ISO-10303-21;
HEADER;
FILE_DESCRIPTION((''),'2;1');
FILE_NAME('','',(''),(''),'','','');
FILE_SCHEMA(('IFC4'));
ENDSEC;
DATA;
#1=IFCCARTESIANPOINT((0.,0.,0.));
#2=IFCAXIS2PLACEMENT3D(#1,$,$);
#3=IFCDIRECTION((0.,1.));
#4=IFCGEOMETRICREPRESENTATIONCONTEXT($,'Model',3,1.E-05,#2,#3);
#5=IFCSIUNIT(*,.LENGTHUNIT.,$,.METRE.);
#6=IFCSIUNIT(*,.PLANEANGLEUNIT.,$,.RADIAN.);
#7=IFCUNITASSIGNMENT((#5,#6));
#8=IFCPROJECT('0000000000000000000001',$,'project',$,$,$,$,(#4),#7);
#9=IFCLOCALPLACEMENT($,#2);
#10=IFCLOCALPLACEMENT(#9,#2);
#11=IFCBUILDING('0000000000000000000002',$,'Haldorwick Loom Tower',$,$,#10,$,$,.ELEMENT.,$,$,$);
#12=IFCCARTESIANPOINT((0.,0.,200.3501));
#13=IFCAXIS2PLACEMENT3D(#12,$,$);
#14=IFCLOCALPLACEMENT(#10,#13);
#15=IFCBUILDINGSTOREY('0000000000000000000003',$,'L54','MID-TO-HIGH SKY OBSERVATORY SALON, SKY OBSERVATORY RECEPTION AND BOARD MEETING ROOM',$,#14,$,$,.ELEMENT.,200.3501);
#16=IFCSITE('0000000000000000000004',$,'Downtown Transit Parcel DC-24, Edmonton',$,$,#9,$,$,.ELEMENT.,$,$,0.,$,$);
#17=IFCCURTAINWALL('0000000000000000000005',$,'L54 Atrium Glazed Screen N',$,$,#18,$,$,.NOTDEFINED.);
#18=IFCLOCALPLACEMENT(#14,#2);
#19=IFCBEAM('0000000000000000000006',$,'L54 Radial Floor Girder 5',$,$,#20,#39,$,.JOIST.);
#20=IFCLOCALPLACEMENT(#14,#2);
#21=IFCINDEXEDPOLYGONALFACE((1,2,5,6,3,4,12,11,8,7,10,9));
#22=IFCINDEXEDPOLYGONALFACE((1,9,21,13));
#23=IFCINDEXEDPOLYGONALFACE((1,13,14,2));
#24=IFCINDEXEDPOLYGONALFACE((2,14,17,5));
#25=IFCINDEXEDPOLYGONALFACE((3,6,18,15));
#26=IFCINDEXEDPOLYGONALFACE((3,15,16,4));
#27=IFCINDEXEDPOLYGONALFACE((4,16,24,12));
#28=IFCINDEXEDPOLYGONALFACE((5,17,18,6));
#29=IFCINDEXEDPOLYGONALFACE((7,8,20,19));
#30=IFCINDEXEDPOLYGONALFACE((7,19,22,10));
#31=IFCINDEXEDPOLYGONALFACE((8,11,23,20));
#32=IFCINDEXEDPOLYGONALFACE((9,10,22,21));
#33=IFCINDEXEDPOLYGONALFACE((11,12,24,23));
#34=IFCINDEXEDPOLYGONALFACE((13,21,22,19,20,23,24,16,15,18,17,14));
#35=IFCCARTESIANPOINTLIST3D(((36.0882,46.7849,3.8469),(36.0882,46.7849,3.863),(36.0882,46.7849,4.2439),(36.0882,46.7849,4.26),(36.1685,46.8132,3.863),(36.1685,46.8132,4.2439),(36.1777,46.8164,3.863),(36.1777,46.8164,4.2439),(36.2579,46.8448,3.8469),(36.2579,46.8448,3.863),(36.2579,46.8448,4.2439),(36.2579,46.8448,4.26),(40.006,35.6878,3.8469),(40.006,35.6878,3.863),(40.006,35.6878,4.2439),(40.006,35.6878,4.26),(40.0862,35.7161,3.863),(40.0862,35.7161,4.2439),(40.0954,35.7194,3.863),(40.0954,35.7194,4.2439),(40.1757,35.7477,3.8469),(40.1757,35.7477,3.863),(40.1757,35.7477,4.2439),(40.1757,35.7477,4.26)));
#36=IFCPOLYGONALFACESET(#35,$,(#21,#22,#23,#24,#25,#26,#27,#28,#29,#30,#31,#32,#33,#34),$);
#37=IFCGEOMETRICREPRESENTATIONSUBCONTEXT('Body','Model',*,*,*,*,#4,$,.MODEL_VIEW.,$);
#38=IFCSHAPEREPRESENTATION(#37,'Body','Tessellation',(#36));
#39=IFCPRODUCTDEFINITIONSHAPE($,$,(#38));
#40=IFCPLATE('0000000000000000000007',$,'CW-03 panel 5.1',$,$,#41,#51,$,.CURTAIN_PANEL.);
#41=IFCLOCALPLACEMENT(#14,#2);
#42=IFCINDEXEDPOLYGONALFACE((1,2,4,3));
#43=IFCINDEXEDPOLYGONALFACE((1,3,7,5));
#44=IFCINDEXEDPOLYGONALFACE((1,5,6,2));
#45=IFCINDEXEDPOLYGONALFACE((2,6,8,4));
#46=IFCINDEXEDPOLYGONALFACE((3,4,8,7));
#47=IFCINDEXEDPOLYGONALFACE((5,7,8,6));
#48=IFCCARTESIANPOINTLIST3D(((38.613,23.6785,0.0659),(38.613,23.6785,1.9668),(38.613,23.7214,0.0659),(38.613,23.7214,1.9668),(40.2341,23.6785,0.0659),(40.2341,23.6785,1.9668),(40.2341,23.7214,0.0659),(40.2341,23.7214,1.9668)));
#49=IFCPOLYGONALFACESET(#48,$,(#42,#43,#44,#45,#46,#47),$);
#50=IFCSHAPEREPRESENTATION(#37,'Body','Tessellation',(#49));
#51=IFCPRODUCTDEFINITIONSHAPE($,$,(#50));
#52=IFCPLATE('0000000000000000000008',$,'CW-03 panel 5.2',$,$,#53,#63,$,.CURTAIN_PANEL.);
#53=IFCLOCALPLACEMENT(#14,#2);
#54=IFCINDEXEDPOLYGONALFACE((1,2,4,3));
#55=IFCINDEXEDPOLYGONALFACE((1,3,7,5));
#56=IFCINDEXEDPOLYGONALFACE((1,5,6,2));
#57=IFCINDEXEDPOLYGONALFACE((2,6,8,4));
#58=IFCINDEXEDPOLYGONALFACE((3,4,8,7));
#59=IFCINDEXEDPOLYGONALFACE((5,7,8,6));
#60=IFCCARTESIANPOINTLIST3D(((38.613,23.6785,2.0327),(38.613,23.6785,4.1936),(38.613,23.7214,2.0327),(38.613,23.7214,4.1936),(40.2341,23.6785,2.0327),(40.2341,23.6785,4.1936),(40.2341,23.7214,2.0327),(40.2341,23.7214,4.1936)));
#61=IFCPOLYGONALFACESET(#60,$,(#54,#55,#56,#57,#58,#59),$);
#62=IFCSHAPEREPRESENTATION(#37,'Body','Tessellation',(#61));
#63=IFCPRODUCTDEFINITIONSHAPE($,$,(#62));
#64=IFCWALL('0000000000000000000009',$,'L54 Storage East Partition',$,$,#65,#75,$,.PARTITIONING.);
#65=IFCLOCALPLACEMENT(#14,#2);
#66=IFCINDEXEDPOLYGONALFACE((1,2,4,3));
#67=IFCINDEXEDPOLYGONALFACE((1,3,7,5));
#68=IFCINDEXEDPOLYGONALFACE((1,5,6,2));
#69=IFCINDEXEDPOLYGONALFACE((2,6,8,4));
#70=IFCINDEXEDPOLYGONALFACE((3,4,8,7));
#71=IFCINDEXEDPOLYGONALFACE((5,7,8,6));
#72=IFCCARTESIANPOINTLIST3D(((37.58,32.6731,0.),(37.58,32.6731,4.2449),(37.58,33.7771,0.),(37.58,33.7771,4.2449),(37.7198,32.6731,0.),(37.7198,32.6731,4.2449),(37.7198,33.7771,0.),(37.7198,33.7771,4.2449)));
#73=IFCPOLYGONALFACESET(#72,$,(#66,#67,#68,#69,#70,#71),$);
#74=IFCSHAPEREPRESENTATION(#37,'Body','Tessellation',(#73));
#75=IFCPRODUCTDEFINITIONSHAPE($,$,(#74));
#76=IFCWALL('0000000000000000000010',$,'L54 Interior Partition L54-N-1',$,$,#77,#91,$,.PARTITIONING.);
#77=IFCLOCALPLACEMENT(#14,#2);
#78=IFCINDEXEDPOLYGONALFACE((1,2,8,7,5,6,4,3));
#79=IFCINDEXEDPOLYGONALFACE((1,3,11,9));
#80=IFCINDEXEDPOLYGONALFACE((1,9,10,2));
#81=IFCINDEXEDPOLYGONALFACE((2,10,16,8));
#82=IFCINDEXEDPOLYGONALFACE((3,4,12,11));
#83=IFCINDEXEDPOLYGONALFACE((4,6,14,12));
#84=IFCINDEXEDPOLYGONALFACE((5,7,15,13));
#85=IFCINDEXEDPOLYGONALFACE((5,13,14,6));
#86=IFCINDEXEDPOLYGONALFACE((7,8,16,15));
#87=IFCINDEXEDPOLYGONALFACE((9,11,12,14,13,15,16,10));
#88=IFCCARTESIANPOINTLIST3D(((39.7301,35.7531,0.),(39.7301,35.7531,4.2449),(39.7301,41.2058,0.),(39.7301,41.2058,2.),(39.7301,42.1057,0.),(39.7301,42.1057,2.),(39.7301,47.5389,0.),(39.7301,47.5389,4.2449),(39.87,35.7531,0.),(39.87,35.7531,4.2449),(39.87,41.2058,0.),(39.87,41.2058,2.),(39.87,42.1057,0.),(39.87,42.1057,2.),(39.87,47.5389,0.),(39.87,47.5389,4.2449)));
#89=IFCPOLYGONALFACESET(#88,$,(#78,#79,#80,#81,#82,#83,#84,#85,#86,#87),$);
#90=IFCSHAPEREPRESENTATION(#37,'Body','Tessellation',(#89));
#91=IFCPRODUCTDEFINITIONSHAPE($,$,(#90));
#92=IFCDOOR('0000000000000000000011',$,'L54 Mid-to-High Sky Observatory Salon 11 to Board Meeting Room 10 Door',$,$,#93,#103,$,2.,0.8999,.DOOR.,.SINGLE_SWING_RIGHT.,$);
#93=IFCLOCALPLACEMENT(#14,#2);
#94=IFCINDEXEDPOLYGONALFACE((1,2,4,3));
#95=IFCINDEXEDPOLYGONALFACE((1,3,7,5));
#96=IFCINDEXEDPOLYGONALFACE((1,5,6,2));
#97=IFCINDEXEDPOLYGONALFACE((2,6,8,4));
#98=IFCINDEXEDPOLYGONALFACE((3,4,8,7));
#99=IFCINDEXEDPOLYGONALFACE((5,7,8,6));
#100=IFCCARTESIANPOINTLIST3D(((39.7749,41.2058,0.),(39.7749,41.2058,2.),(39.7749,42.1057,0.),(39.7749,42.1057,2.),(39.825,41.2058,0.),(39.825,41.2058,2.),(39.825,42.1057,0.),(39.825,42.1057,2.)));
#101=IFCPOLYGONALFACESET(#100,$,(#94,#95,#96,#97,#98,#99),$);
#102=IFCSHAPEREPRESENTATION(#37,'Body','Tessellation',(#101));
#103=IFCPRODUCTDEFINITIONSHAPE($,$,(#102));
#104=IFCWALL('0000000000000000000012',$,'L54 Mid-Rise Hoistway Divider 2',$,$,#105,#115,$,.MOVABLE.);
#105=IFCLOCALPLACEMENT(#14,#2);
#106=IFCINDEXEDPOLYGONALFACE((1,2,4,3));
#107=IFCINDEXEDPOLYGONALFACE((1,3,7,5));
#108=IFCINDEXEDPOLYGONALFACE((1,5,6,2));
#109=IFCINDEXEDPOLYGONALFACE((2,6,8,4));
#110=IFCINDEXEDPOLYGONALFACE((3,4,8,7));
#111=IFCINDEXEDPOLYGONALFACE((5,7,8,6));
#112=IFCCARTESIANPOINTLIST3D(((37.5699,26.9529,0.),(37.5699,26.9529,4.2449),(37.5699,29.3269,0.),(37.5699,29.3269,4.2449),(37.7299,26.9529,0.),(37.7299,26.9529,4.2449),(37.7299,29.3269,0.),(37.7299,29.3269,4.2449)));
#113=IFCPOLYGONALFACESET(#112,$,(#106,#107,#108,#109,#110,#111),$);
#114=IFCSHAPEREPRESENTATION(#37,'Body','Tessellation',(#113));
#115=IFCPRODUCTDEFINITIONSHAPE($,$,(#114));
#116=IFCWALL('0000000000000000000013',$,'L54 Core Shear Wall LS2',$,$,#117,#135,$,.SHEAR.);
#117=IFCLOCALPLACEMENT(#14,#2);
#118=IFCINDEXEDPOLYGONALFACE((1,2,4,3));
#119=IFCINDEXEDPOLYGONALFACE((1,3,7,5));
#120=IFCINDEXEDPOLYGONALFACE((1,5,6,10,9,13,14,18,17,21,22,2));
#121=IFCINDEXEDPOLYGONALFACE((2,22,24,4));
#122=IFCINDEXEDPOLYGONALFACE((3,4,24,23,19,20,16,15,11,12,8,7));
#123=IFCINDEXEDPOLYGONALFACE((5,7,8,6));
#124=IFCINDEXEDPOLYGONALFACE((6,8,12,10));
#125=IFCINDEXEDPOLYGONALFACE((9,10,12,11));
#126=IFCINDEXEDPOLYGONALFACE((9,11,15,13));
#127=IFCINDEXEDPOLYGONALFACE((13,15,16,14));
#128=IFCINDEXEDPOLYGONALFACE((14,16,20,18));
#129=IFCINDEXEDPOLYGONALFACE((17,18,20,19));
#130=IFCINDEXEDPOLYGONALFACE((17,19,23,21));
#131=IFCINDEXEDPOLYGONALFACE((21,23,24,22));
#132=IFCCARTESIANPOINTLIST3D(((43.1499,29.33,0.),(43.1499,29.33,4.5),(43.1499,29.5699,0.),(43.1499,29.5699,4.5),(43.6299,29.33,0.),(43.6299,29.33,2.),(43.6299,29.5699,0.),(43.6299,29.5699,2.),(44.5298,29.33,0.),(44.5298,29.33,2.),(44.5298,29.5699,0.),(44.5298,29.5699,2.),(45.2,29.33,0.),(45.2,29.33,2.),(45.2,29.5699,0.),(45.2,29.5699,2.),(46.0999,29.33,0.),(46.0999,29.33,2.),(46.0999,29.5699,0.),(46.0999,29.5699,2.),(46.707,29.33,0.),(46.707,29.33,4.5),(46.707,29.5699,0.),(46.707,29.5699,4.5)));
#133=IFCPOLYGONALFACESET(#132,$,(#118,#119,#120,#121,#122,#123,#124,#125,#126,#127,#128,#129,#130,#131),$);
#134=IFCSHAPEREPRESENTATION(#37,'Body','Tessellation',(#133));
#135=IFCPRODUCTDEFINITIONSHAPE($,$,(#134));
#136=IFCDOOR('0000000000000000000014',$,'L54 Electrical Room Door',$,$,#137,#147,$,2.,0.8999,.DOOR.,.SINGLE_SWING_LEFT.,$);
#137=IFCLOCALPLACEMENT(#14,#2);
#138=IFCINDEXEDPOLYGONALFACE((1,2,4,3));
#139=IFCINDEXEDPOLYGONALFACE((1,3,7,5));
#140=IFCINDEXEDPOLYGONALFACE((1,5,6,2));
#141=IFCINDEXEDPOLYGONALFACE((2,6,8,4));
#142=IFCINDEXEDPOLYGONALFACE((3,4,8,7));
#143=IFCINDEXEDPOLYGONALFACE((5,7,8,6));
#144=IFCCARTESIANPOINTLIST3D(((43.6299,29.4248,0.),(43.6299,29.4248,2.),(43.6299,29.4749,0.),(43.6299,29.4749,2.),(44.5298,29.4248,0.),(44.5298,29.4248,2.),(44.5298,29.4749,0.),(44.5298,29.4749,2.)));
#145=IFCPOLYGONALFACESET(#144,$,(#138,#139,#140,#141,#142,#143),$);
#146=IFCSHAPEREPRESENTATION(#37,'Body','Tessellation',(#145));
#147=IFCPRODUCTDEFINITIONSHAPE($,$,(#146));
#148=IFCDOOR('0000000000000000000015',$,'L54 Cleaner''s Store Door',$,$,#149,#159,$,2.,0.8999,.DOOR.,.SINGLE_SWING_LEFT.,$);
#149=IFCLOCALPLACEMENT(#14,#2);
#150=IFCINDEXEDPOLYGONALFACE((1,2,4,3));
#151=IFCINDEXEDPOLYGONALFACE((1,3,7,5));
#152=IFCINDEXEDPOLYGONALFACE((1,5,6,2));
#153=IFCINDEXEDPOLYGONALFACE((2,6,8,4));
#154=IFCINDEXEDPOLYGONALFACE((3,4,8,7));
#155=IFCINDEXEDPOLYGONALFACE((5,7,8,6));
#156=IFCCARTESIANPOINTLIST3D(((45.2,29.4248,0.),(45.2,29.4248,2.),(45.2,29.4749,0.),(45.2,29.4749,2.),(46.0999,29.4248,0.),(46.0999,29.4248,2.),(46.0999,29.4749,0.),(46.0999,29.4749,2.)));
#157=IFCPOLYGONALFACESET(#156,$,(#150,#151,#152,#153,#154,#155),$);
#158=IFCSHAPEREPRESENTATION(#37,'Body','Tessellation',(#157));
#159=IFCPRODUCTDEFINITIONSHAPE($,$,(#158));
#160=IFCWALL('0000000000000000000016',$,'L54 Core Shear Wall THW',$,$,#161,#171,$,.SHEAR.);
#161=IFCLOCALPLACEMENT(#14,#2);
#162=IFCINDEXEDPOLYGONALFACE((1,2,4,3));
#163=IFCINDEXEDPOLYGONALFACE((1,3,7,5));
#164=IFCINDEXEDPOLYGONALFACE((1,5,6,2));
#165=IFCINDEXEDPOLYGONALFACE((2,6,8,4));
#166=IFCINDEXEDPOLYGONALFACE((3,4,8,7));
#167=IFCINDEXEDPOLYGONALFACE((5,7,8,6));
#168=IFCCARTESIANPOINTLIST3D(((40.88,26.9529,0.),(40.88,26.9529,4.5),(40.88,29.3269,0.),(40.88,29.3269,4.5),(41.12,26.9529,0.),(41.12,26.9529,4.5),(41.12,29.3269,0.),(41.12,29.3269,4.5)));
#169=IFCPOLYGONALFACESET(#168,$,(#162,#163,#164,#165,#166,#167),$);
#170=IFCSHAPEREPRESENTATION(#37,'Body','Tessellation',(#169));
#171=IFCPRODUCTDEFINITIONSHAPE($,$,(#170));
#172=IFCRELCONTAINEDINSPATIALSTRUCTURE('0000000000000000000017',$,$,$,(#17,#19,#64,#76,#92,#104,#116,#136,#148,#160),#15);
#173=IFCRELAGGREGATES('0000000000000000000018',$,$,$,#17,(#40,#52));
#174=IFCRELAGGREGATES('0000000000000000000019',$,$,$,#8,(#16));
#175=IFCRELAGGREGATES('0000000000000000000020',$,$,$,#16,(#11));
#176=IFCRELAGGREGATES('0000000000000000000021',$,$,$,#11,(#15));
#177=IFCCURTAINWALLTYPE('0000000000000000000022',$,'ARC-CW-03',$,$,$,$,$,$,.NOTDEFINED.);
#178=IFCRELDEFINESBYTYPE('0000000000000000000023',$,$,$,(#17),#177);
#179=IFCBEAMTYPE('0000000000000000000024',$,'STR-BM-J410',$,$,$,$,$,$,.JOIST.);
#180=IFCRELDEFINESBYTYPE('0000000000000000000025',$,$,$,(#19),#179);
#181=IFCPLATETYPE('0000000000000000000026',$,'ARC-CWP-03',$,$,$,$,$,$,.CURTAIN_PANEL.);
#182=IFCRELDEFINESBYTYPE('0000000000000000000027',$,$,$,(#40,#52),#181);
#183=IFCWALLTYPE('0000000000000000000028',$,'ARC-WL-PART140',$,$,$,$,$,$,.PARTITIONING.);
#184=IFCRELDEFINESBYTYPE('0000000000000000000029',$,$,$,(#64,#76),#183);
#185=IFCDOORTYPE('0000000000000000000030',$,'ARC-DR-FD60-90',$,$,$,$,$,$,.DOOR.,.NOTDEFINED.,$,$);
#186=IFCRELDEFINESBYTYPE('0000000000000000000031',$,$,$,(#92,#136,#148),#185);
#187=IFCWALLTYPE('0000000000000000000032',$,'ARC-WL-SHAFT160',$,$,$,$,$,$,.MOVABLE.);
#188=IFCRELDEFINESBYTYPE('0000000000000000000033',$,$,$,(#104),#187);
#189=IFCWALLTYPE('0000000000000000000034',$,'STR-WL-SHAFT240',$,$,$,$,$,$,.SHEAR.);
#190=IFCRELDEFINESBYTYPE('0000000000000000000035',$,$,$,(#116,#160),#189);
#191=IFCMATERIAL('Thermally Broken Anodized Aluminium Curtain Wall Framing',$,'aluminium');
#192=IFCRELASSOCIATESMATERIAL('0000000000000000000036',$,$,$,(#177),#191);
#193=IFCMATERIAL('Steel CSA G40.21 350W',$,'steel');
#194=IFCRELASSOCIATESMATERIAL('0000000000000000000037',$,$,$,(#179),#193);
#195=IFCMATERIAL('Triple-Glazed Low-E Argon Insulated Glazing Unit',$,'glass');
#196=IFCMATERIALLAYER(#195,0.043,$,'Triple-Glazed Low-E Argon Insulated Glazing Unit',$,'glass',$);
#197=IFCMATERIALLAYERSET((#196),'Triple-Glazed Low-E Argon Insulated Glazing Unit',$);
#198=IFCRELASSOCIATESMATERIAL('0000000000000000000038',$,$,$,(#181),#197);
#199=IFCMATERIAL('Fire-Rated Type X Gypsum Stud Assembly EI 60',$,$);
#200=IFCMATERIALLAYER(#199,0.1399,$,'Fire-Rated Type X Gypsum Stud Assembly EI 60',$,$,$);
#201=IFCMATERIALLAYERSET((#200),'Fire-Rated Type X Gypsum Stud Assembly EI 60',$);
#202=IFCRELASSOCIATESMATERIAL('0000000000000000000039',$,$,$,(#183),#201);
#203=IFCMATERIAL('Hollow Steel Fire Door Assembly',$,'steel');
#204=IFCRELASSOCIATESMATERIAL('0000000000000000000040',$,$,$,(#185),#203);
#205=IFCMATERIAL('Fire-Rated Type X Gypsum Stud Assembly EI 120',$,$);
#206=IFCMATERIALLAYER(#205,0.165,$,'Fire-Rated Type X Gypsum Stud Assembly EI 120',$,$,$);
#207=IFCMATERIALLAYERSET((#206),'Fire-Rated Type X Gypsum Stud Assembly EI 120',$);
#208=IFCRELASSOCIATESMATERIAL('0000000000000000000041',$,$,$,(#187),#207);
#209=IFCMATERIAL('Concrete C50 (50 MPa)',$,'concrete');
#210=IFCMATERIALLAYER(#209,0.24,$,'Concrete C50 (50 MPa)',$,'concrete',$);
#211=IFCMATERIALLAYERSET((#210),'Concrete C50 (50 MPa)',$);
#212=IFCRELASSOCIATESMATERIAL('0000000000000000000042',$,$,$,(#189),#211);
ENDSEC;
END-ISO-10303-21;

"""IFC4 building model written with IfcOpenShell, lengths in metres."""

from ifc_helpers import new_model, si_unit, direction, frame, frame_2d, origin, origin_2d, place, context, subcontext, project, spatial, rectangle, i_section, extrude, material, layer, layer_set, material_profile, profile_set, type_object, element, fill, aggregate, save


model = new_model("IFC4")

# Units and contexts
model_context = context("Model", 3, precision=1e-05, world=origin(), true_north=direction((0.0, 1.0)))
body_context = subcontext(model_context, "Body", "Model", "MODEL_VIEW")
ifc_project = project(units=[si_unit("LENGTHUNIT", "METRE"), si_unit("PLANEANGLEUNIT", "RADIAN")], contexts=[model_context])

# Site, building, storey
site_placement = place(None, origin())
site = spatial("IfcSite", under=ifc_project, at=site_placement, Name="Downtown Transit Parcel DC-24, Edmonton", CompositionType="ELEMENT", RefElevation=0.0)
building_placement = place(site_placement, origin())
building = spatial("IfcBuilding", under=site, at=building_placement, Name="Haldorwick Loom Tower", CompositionType="ELEMENT")
storey_placement = place(building_placement, frame((0.0, 0.0, 200.3501)))
storey = spatial("IfcBuildingStorey", under=building, at=storey_placement, Name="L54", Description="MID-TO-HIGH SKY OBSERVATORY SALON, SKY OBSERVATORY RECEPTION AND BOARD MEETING ROOM", CompositionType="ELEMENT", Elevation=200.3501)

# Shared definitions
ifc_material_1 = material(Name="Steel CSA G40.21 350W", Category="steel")

# Curtain wall
ifc_material_2 = material(Name="Thermally Broken Anodized Aluminium Curtain Wall Framing", Category="aluminium")
curtain_wall_type = type_object("IfcCurtainWallType", Name="ARC-CW-03", PredefinedType="NOTDEFINED", material=ifc_material_2)
curtain_wall_placement = place(storey_placement, origin())
curtain_wall = element("IfcCurtainWall", 1, at=curtain_wall_placement, inside=storey, type_object=curtain_wall_type, Name="L54 Atrium Glazed Screen N", PredefinedType="NOTDEFINED")

# Beam
ifc_material_3 = material(Name="Concrete C50 (50 MPa)", Category="concrete")
ifc_material_profile_1 = material_profile(ifc_material_1, i_section(OverallWidth=0.1799, OverallDepth=0.4131, WebThickness=0.0098, FlangeThickness=0.0161, at=origin_2d()), Name="W410X74", Category="steel")
ifc_profile_set_1 = profile_set([ifc_material_profile_1], Name="Steel CSA G40.21 350W")
beam_type_1 = type_object("IfcBeamType", Name="STR-BM-J410", PredefinedType="JOIST", material=ifc_profile_set_1)
beam_1_placement = place(storey_placement, frame((40.0908, 35.7178, 4.0535), z_axis=(-0.332908, 0.942959, 0.0), x_axis=(-0.942959, -0.332908, 0.0)))
element("IfcBeam", 2, at=beam_1_placement, inside=storey, type_object=beam_type_1, Name="L54 Radial Floor Girder 5", PredefinedType="JOIST", context=body_context, shape_type="SweptSolid", body=[
    extrude(i_section(OverallWidth=0.1799, OverallDepth=0.4131, WebThickness=0.0098, FlangeThickness=0.0161, at=origin_2d()), origin(), (0.0, 0.0, 1.0), 11.7683),
])

# Plates
ifc_material_4 = material(Name="Triple-Glazed Low-E Argon Insulated Glazing Unit", Category="glass")
ifc_layer_1 = layer(ifc_material_4, 0.043, Name="Triple-Glazed Low-E Argon Insulated Glazing Unit", Category="glass")
ifc_layer_set_1 = layer_set([ifc_layer_1], Name="Triple-Glazed Low-E Argon Insulated Glazing Unit")
plate_type = type_object("IfcPlateType", Name="ARC-CWP-03", PredefinedType="CURTAIN_PANEL", material=ifc_layer_set_1)
plate_1_placement = place(storey_placement, frame((39.4236, 23.7, 0.0659), z_axis=(0.0, 0.0, 1.0), x_axis=(1.0, 0.0, 0.0)))
plate_1 = element("IfcPlate", 3, at=plate_1_placement, type_object=plate_type, Name="CW-03 panel 5.1", PredefinedType="CURTAIN_PANEL", context=body_context, shape_type="SweptSolid", body=[
    extrude(rectangle(XDim=1.6211, YDim=0.043, at=origin_2d()), origin(), (0.0, 0.0, 1.0), 1.9009),
])
plate_2_placement = place(storey_placement, frame((39.4236, 23.7, 2.0327), z_axis=(0.0, 0.0, 1.0), x_axis=(1.0, 0.0, 0.0)))
plate_2 = element("IfcPlate", 4, at=plate_2_placement, type_object=plate_type, Name="CW-03 panel 5.2", PredefinedType="CURTAIN_PANEL", context=body_context, shape_type="SweptSolid", body=[
    extrude(rectangle(XDim=1.6211, YDim=0.043, at=origin_2d()), origin(), (0.0, 0.0, 1.0), 2.1609),
])
aggregate(curtain_wall, [plate_1, plate_2])

# Wall
ifc_material_5 = material(Name="Fire-Rated Type X Gypsum Stud Assembly EI 60")
ifc_layer_2 = layer(ifc_material_5, 0.1399, Name="Fire-Rated Type X Gypsum Stud Assembly EI 60")
ifc_layer_set_2 = layer_set([ifc_layer_2], Name="Fire-Rated Type X Gypsum Stud Assembly EI 60")
wall_type_1 = type_object("IfcWallType", Name="ARC-WL-PART140", PredefinedType="PARTITIONING", material=ifc_layer_set_2)
wall_1_placement = place(storey_placement, frame((37.6499, 32.6731, 0.0), z_axis=(0.0, 0.0, 1.0), x_axis=(0.0, 1.0, 0.0)))
element("IfcWall", 5, at=wall_1_placement, inside=storey, type_object=wall_type_1, Name="L54 Storage East Partition", PredefinedType="PARTITIONING", context=body_context, shape_type="SweptSolid", body=[
    extrude(rectangle(XDim=1.104, YDim=0.1399, at=frame_2d((0.552, 0.0))), origin(), (0.0, 0.0, 1.0), 4.2449),
])

# Wall, opening, door
wall_2_placement = place(storey_placement, frame((39.8, 35.7529, 0.0), z_axis=(0.0, 0.0, 1.0), x_axis=(0.0, 1.0, 0.0)))
wall_2 = element("IfcWall", 6, at=wall_2_placement, inside=storey, type_object=wall_type_1, Name="L54 Interior Partition L54-N-1", PredefinedType="PARTITIONING", context=body_context, shape_type="SweptSolid", body=[
    extrude(rectangle(XDim=11.7859, YDim=0.1399, at=frame_2d((5.8931, 0.0))), origin(), (0.0, 0.0, 1.0), 4.2449),
])
opening_1_placement = place(wall_2_placement, frame((5.4529, 0.0, 0.0)))
opening_1 = element("IfcOpeningElement", 7, at=opening_1_placement, cuts=wall_2, PredefinedType="OPENING", context=body_context, shape_type="SweptSolid", body=[
    extrude(rectangle(XDim=0.8999, YDim=2.0, at=frame_2d((0.45, 1.0))), frame((0.0, 0.0798, 0.0), z_axis=(0.0, -1.0, 0.0), x_axis=(1.0, 0.0, 0.0)), (0.0, 0.0, 1.0), 0.1599),
])
ifc_material_6 = material(Name="Hollow Steel Fire Door Assembly", Category="steel")
door_type = type_object("IfcDoorType", Name="ARC-DR-FD60-90", OperationType="NOTDEFINED", PredefinedType="DOOR", material=ifc_material_6)
door_1_placement = place(opening_1_placement, frame((0.8999, 0.0, 0.0), z_axis=(0.0, 0.0, 1.0), x_axis=(-1.0, 0.0, 0.0)))
door_1 = element("IfcDoor", 8, at=door_1_placement, inside=storey, type_object=door_type, Name="L54 Mid-to-High Sky Observatory Salon 11 to Board Meeting Room 10 Door", OperationType="SINGLE_SWING_RIGHT", OverallHeight=2.0, OverallWidth=0.8999, PredefinedType="DOOR", context=body_context, shape_type="SweptSolid", body=[
    extrude(rectangle(XDim=0.8999, YDim=2.0, at=frame_2d((0.45, 1.0))), frame((0.0, 0.0249, 0.0), z_axis=(0.0, -1.0, 0.0), x_axis=(1.0, 0.0, 0.0)), (0.0, 0.0, 1.0), 0.05),
])
fill(opening_1, door_1)

# Wall
ifc_material_7 = material(Name="Fire-Rated Type X Gypsum Stud Assembly EI 120")
ifc_layer_3 = layer(ifc_material_7, 0.165, Name="Fire-Rated Type X Gypsum Stud Assembly EI 120")
ifc_layer_set_3 = layer_set([ifc_layer_3], Name="Fire-Rated Type X Gypsum Stud Assembly EI 120")
wall_type_2 = type_object("IfcWallType", Name="ARC-WL-SHAFT160", PredefinedType="MOVABLE", material=ifc_layer_set_3)
wall_3_placement = place(storey_placement, frame((37.6499, 26.9529, 0.0), z_axis=(0.0, 0.0, 1.0), x_axis=(0.0, 1.0, 0.0)))
element("IfcWall", 9, at=wall_3_placement, inside=storey, type_object=wall_type_2, Name="L54 Mid-Rise Hoistway Divider 2", PredefinedType="MOVABLE", context=body_context, shape_type="SweptSolid", body=[
    extrude(rectangle(XDim=2.374, YDim=0.1599, at=frame_2d((1.187, 0.0))), origin(), (0.0, 0.0, 1.0), 4.2449),
])

# Wall, openings, doors
ifc_layer_4 = layer(ifc_material_3, 0.24, Name="Concrete C50 (50 MPa)", Category="concrete")
ifc_layer_set_4 = layer_set([ifc_layer_4], Name="Concrete C50 (50 MPa)")
wall_type_3 = type_object("IfcWallType", Name="STR-WL-SHAFT240", PredefinedType="SHEAR", material=ifc_layer_set_4)
wall_4_placement = place(storey_placement, frame((43.1499, 29.45, 0.0), z_axis=(0.0, 0.0, 1.0), x_axis=(1.0, 0.0, 0.0)))
wall_4 = element("IfcWall", 10, at=wall_4_placement, inside=storey, type_object=wall_type_3, Name="L54 Core Shear Wall LS2", PredefinedType="SHEAR", context=body_context, shape_type="SweptSolid", body=[
    extrude(rectangle(XDim=3.5571, YDim=0.24, at=frame_2d((1.7786, 0.0))), origin(), (0.0, 0.0, 1.0), 4.5),
])
opening_2_placement = place(wall_4_placement, frame((0.48, 0.0, 0.0)))
opening_2 = element("IfcOpeningElement", 11, at=opening_2_placement, cuts=wall_4, PredefinedType="OPENING", context=body_context, shape_type="SweptSolid", body=[
    extrude(rectangle(XDim=0.8999, YDim=2.0, at=frame_2d((0.45, 1.0))), frame((0.0, 0.1299, 0.0), z_axis=(0.0, -1.0, 0.0), x_axis=(1.0, 0.0, 0.0)), (0.0, 0.0, 1.0), 0.26),
])
opening_3_placement = place(wall_4_placement, frame((2.05, 0.0, 0.0)))
opening_3 = element("IfcOpeningElement", 12, at=opening_3_placement, cuts=wall_4, PredefinedType="OPENING", context=body_context, shape_type="SweptSolid", body=[
    extrude(rectangle(XDim=0.8999, YDim=2.0, at=frame_2d((0.45, 1.0))), frame((0.0, 0.1299, 0.0), z_axis=(0.0, -1.0, 0.0), x_axis=(1.0, 0.0, 0.0)), (0.0, 0.0, 1.0), 0.26),
])
door_2_placement = place(opening_2_placement, origin())
door_2 = element("IfcDoor", 13, at=door_2_placement, inside=storey, type_object=door_type, Name="L54 Electrical Room Door", OperationType="SINGLE_SWING_LEFT", OverallHeight=2.0, OverallWidth=0.8999, PredefinedType="DOOR", context=body_context, shape_type="SweptSolid", body=[
    extrude(rectangle(XDim=0.8999, YDim=2.0, at=frame_2d((0.45, 1.0))), frame((0.0, 0.0249, 0.0), z_axis=(0.0, -1.0, 0.0), x_axis=(1.0, 0.0, 0.0)), (0.0, 0.0, 1.0), 0.05),
])
fill(opening_2, door_2)
door_3_placement = place(opening_3_placement, origin())
door_3 = element("IfcDoor", 14, at=door_3_placement, inside=storey, type_object=door_type, Name="L54 Cleaner's Store Door", OperationType="SINGLE_SWING_LEFT", OverallHeight=2.0, OverallWidth=0.8999, PredefinedType="DOOR", context=body_context, shape_type="SweptSolid", body=[
    extrude(rectangle(XDim=0.8999, YDim=2.0, at=frame_2d((0.45, 1.0))), frame((0.0, 0.0249, 0.0), z_axis=(0.0, -1.0, 0.0), x_axis=(1.0, 0.0, 0.0)), (0.0, 0.0, 1.0), 0.05),
])
fill(opening_3, door_3)

# Wall
for number, where, z_axis, x_axis, name in (
    (15, (41.0, 26.9529, 0.0), (0.0, 0.0, 1.0), (0.0, 1.0, 0.0), "L54 Core Shear Wall THW"),
):
    element("IfcWall", number, at=place(storey_placement, frame(where, z_axis=z_axis, x_axis=x_axis)), inside=storey, type_object=wall_type_3, Name=name, PredefinedType="SHEAR", context=body_context, shape_type="SweptSolid", body=[
        extrude(rectangle(XDim=2.374, YDim=0.24, at=frame_2d((1.187, 0.0))), origin(), (0.0, 0.0, 1.0), 4.5),
    ])

save(model, "model.ifc")
